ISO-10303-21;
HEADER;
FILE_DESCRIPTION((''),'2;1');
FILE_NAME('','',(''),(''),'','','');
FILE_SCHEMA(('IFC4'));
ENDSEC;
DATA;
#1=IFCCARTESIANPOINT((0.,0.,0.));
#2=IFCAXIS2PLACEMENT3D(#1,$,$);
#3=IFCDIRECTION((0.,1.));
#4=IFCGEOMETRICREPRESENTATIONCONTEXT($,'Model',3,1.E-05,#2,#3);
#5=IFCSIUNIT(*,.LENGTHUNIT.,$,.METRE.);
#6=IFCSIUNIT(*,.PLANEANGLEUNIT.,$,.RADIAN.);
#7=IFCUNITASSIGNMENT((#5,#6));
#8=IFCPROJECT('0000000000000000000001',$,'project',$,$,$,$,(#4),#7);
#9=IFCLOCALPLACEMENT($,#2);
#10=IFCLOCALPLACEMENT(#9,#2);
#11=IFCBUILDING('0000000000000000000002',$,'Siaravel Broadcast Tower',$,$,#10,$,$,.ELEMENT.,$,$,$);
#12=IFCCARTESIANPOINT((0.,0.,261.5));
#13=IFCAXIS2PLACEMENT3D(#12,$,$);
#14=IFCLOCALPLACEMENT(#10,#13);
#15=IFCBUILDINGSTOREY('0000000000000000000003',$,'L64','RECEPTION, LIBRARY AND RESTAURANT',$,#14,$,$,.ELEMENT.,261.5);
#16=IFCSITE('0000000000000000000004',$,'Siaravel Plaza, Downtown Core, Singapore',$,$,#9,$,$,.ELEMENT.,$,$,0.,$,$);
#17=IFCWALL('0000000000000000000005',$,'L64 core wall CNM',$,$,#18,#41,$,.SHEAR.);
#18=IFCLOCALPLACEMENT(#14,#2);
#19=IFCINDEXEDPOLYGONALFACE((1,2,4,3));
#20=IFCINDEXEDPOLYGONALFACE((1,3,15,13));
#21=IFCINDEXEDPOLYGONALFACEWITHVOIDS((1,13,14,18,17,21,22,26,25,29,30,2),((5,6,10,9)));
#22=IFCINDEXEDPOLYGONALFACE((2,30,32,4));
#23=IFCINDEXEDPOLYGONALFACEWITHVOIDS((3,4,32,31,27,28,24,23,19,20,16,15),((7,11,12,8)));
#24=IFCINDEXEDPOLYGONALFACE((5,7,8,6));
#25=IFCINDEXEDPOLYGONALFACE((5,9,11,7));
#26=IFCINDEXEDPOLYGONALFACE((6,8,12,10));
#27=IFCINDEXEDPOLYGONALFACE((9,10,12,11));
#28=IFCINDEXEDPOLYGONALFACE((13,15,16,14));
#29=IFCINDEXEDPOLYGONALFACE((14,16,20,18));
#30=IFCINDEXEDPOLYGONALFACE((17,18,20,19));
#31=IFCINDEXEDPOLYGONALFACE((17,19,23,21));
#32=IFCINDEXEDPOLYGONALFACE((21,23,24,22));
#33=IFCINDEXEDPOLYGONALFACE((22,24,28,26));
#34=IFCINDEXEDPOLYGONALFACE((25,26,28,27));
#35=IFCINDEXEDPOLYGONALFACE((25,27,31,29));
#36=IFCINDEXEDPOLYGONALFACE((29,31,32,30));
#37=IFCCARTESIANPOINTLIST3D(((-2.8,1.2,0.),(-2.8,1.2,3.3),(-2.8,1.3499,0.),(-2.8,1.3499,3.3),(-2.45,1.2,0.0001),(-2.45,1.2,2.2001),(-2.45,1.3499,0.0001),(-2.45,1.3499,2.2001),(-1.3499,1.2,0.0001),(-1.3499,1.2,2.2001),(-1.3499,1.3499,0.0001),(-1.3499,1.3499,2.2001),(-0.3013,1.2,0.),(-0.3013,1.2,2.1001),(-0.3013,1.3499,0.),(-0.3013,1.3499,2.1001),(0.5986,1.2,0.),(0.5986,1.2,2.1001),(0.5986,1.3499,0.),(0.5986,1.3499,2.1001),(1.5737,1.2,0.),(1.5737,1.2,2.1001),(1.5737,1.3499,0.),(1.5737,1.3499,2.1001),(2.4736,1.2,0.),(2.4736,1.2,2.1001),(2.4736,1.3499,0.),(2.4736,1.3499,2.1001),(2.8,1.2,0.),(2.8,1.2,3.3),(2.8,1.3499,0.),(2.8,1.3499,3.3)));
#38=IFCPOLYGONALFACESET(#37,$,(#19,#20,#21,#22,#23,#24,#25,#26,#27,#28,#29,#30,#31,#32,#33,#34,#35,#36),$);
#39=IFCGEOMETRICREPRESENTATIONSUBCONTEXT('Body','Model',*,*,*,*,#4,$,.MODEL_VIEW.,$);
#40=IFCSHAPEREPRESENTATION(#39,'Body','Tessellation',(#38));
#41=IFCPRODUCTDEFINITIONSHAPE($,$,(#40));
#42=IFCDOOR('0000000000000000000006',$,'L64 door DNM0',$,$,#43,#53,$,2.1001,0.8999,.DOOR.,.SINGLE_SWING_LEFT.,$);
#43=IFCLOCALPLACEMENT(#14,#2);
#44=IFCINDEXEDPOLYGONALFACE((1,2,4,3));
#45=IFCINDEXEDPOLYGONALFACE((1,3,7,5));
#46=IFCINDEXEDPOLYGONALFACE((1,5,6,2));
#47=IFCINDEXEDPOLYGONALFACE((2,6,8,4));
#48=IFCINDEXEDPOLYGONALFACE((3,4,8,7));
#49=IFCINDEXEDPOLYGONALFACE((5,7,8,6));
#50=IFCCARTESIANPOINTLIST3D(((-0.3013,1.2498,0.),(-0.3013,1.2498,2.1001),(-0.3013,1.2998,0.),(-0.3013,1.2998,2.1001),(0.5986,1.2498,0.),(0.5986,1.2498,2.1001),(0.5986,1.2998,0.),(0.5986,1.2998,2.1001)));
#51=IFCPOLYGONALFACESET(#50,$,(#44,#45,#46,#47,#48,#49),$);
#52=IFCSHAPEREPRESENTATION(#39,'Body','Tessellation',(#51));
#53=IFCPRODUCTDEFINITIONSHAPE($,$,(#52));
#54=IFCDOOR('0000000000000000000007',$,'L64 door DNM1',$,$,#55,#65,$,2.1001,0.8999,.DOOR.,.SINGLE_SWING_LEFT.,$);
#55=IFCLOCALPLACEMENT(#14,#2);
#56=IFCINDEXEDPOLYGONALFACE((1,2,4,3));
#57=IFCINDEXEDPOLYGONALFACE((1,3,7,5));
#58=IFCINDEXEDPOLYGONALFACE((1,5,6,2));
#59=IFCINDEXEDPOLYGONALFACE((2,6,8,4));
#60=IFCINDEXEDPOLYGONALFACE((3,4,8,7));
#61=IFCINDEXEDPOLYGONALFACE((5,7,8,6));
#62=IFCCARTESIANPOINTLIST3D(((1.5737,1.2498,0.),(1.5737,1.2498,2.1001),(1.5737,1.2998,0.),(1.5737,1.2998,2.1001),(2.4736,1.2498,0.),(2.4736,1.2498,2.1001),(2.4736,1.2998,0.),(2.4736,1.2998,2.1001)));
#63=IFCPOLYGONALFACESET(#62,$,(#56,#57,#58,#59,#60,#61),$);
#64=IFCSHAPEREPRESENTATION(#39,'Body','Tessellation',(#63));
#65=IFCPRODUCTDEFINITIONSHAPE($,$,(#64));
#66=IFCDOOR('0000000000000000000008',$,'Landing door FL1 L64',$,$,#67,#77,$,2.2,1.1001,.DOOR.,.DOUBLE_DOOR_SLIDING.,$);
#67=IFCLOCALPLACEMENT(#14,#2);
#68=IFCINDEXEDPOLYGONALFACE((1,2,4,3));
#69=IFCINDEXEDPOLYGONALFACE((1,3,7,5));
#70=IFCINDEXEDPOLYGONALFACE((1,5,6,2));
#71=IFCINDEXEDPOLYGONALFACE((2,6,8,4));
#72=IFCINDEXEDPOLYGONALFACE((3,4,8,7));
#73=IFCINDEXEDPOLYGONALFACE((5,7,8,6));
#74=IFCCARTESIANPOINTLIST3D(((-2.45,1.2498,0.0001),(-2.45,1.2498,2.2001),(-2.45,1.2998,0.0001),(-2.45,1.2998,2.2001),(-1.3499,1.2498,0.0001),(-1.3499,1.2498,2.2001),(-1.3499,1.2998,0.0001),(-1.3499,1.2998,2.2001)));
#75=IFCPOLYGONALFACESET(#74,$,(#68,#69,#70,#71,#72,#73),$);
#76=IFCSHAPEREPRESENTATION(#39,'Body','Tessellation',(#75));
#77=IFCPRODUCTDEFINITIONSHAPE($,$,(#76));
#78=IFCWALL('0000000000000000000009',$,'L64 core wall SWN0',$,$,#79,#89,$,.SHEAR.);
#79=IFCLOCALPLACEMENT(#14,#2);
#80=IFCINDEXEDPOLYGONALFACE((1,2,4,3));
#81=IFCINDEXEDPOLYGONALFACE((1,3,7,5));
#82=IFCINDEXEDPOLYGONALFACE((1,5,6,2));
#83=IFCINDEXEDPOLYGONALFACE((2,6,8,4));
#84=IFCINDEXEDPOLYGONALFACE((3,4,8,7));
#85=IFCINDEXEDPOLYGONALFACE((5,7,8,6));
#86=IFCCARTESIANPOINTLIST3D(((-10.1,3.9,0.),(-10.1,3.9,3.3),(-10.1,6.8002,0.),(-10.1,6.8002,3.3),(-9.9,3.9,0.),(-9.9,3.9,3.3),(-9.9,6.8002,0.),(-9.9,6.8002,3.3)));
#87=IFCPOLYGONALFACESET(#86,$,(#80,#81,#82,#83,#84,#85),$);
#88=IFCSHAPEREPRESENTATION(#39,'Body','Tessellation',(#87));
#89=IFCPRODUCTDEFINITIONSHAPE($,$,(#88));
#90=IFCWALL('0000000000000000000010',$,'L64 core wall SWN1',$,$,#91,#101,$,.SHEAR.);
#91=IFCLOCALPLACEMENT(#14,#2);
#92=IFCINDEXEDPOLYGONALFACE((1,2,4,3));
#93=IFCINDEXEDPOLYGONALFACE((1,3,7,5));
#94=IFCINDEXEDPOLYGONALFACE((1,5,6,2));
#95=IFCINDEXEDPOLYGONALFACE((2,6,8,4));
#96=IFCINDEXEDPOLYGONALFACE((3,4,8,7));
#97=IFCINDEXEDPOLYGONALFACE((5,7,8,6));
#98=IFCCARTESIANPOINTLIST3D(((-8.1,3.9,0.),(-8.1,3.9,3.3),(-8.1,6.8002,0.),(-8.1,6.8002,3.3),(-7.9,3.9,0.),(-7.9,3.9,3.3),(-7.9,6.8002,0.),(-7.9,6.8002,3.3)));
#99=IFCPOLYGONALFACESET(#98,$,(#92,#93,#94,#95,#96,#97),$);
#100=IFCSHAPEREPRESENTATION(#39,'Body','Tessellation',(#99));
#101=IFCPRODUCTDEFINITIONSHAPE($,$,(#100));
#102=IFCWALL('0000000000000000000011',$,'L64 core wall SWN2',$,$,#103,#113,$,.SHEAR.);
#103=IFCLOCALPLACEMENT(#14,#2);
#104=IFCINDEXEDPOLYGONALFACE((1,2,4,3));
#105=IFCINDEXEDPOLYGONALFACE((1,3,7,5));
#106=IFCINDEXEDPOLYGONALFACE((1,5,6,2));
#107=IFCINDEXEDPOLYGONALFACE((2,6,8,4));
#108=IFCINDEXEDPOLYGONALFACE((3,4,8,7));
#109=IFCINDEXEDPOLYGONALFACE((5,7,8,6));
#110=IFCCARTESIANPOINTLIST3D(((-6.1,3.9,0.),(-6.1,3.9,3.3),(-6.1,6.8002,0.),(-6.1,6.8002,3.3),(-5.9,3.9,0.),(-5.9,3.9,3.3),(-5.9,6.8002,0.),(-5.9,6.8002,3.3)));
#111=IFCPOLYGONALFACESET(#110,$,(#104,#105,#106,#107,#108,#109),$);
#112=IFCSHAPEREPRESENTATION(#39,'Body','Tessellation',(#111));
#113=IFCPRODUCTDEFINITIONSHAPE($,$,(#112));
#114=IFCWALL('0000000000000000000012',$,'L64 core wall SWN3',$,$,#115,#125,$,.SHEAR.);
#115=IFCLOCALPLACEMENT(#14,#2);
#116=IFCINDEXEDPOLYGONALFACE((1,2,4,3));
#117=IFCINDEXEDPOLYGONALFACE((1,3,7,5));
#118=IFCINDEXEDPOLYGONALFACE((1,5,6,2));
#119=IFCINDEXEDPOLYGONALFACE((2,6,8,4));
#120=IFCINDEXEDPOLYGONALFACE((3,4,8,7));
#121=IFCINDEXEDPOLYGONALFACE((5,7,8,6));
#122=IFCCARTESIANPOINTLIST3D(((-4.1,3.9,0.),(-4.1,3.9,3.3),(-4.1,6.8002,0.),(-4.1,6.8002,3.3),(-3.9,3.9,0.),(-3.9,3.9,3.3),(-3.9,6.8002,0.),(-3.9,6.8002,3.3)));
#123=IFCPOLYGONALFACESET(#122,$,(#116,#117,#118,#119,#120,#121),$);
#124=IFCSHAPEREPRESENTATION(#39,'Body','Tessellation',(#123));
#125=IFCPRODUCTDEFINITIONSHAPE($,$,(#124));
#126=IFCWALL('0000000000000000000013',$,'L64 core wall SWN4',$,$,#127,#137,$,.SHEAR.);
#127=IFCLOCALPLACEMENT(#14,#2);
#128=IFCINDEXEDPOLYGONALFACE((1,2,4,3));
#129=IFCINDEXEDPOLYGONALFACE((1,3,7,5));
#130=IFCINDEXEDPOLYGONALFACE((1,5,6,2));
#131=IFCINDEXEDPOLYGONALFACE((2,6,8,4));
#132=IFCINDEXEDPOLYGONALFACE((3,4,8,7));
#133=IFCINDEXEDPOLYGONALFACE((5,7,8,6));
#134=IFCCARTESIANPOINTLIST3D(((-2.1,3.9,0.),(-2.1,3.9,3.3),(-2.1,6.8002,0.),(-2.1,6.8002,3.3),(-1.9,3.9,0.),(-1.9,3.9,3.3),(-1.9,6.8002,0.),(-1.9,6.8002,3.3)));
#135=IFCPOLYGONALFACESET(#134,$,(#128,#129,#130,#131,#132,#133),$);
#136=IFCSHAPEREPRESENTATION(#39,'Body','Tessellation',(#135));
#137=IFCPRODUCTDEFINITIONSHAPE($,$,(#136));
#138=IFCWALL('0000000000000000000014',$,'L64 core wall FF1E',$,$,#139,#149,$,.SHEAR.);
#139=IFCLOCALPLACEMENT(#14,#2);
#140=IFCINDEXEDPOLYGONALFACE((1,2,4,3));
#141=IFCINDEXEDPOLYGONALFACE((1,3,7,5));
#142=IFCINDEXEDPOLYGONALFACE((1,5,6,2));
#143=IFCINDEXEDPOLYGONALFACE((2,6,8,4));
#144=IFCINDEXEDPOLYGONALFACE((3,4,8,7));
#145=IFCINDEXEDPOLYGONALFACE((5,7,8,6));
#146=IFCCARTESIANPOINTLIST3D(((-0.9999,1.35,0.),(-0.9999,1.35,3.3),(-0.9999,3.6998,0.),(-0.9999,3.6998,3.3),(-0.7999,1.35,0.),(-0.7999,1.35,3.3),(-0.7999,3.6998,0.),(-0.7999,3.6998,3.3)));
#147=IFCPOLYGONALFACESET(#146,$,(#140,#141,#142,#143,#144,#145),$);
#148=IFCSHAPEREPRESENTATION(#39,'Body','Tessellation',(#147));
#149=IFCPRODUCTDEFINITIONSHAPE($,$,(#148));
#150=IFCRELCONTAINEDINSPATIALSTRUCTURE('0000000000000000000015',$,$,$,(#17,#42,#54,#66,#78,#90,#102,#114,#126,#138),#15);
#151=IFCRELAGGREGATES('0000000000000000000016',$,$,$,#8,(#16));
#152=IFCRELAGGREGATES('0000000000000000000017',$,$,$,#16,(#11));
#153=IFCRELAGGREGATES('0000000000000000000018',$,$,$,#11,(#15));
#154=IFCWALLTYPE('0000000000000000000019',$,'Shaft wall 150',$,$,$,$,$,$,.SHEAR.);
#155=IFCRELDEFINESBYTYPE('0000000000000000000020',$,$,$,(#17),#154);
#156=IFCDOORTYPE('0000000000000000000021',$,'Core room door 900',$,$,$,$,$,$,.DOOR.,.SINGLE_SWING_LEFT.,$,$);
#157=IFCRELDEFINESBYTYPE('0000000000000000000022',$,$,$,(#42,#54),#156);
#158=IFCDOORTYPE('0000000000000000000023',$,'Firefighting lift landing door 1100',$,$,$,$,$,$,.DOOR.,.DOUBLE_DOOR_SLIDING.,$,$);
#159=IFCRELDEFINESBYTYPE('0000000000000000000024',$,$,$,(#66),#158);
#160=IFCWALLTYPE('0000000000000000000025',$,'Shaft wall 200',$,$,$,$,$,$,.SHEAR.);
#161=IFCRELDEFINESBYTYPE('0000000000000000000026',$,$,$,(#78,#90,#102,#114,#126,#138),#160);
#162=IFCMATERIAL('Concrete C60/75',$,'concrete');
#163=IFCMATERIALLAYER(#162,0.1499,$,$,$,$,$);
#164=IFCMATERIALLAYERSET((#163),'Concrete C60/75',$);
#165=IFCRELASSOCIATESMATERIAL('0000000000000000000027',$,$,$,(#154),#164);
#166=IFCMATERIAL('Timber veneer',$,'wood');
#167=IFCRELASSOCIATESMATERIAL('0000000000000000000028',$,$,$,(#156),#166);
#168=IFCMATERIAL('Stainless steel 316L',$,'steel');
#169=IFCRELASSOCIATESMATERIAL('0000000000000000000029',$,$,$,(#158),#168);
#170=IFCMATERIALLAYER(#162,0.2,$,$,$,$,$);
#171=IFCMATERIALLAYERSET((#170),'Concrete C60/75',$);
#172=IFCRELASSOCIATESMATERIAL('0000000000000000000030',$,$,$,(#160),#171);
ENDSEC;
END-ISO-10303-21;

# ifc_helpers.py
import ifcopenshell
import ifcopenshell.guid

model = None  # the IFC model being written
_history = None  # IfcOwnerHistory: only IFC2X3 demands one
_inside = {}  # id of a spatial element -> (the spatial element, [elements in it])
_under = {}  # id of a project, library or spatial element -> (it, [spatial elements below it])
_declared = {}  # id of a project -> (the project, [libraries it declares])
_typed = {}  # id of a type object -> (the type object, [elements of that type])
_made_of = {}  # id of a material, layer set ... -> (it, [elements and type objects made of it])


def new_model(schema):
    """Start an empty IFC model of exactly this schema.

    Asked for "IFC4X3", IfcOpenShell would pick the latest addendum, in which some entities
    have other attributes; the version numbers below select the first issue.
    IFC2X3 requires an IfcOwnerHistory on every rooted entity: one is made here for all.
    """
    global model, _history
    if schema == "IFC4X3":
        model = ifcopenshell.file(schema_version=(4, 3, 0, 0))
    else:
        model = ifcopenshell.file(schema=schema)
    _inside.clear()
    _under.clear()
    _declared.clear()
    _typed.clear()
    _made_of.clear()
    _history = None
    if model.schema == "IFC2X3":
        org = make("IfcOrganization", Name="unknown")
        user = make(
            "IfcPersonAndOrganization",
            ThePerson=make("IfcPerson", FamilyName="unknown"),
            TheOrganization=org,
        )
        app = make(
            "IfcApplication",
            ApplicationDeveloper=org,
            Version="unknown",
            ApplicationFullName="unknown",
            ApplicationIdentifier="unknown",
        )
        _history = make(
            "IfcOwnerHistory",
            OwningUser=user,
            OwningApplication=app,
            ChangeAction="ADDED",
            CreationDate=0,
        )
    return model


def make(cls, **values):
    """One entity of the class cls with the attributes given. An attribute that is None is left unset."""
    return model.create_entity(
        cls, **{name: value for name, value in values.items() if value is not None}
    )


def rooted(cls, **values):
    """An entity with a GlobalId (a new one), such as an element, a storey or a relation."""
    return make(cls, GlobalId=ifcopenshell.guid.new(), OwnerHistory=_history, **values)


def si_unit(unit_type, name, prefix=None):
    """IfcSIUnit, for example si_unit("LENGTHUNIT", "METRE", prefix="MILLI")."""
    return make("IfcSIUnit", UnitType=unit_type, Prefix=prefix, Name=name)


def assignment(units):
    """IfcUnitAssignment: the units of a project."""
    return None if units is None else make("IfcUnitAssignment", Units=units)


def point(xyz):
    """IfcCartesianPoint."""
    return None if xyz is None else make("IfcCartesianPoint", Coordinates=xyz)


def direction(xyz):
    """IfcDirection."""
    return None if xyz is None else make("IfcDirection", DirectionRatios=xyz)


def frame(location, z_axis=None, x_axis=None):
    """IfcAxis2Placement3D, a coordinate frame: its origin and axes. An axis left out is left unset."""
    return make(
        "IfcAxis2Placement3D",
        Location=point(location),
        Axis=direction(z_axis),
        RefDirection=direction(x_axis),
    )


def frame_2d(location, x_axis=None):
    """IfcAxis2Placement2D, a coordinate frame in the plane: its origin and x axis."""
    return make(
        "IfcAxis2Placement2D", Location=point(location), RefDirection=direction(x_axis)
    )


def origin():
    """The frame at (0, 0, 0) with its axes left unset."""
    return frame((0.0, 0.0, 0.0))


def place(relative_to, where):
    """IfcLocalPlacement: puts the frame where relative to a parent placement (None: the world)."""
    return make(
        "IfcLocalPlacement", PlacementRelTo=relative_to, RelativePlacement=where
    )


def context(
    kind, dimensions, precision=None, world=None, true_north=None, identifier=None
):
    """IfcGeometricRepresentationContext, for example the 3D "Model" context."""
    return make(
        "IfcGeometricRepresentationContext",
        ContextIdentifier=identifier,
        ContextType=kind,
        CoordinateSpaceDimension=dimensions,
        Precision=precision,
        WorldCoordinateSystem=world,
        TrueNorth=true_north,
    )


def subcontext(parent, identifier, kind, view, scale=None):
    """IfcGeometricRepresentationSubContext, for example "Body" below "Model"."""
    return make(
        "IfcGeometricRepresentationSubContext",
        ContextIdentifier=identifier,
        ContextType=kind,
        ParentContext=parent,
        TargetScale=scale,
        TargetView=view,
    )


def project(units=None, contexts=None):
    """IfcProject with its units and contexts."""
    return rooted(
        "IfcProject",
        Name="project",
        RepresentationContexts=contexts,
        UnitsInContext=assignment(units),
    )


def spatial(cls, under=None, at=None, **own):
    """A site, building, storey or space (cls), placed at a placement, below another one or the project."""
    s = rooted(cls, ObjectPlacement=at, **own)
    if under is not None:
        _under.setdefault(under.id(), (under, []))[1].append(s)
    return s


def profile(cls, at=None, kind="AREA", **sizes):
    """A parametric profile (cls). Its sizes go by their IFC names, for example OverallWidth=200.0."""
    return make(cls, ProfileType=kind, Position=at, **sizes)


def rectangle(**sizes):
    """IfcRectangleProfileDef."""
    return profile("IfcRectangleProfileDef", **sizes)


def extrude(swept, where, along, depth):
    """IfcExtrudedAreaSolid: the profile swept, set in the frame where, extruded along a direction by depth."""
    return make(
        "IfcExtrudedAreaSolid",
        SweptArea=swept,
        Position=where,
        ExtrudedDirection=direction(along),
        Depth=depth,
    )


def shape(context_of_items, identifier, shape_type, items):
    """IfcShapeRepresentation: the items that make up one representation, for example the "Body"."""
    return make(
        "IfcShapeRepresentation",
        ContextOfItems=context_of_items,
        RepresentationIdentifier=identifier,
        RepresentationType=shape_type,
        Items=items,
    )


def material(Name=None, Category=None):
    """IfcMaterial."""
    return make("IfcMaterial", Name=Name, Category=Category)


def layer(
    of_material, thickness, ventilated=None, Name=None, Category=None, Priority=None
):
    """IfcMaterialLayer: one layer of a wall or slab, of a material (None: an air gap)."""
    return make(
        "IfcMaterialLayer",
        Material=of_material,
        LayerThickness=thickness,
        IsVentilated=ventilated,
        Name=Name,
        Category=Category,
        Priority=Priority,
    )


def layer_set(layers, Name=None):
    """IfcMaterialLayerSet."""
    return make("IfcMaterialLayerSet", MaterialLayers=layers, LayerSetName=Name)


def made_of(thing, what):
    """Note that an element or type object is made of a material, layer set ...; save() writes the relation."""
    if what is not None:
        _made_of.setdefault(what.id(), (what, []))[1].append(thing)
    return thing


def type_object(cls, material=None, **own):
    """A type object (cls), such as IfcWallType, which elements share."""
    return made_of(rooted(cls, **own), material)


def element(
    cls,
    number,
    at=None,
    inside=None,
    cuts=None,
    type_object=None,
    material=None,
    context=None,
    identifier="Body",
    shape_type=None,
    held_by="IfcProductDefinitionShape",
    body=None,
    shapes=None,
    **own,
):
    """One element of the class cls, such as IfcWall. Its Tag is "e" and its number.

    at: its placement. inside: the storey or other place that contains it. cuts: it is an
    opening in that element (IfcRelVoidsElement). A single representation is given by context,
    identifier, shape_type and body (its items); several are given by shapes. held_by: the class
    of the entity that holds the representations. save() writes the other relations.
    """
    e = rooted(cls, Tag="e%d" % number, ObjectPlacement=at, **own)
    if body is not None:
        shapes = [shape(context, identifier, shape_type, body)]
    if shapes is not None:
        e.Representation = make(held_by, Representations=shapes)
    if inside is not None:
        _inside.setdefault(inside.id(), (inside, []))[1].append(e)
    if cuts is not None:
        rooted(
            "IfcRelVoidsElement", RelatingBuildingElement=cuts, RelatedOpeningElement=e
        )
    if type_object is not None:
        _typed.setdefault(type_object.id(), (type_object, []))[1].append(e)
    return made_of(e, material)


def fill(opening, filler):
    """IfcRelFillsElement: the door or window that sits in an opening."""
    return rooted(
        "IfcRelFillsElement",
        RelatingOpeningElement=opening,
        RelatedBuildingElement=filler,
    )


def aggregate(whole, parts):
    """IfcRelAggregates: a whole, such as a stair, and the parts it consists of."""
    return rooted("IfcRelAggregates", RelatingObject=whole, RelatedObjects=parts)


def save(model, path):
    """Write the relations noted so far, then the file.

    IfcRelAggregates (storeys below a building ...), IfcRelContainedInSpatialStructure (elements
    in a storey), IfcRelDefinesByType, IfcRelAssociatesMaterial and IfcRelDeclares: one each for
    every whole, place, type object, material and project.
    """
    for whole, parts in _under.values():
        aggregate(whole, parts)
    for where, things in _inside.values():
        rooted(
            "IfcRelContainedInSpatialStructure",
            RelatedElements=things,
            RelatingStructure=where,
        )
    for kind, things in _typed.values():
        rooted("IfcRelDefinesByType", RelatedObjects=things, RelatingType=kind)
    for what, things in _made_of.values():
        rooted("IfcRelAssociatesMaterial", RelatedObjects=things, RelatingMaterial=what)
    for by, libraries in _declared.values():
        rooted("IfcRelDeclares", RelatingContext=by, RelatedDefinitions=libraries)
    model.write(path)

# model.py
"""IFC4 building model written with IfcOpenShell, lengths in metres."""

from ifc_helpers import new_model, si_unit, direction, frame, frame_2d, origin, place, context, subcontext, project, spatial, rectangle, extrude, material, layer, layer_set, type_object, element, fill, save


model = new_model("IFC4")

# Units and contexts
model_context = context("Model", 3, precision=1e-05, world=origin(), true_north=direction((0.0, 1.0)))
body_context = subcontext(model_context, "Body", "Model", "MODEL_VIEW")
ifc_project = project(units=[si_unit("LENGTHUNIT", "METRE"), si_unit("PLANEANGLEUNIT", "RADIAN")], contexts=[model_context])

# Site, building, storey
site_placement = place(None, origin())
site = spatial("IfcSite", under=ifc_project, at=site_placement, Name="Siaravel Plaza, Downtown Core, Singapore", CompositionType="ELEMENT", RefElevation=0.0)
building_placement = place(site_placement, origin())
building = spatial("IfcBuilding", under=site, at=building_placement, Name="Siaravel Broadcast Tower", CompositionType="ELEMENT")
storey_placement = place(building_placement, frame((0.0, 0.0, 261.5)))
storey = spatial("IfcBuildingStorey", under=building, at=storey_placement, Name="L64", Description="RECEPTION, LIBRARY AND RESTAURANT", CompositionType="ELEMENT", Elevation=261.5)

# Shared definitions
ifc_material_1 = material(Name="Timber veneer", Category="wood")

# Wall, openings, doors
ifc_material_2 = material(Name="Concrete C60/75", Category="concrete")
ifc_layer_1 = layer(ifc_material_2, 0.1499)
ifc_layer_set_1 = layer_set([ifc_layer_1], Name="Concrete C60/75")
wall_type_1 = type_object("IfcWallType", Name="Shaft wall 150", PredefinedType="SHEAR", material=ifc_layer_set_1)
wall_1_placement = place(storey_placement, frame((-2.8, 1.2749, 0.0), z_axis=(0.0, 0.0, 1.0), x_axis=(1.0, 0.0, 0.0)))
wall_1 = element("IfcWall", 1, at=wall_1_placement, inside=storey, type_object=wall_type_1, Name="L64 core wall CNM", PredefinedType="SHEAR", context=body_context, shape_type="SweptSolid", body=[
    extrude(rectangle(XDim=5.6001, YDim=0.1499, at=frame_2d((2.8, 0.0))), origin(), (0.0, 0.0, 1.0), 3.3),
])
opening_1_placement = place(wall_1_placement, frame((0.3501, 0.0, 0.0)))
opening_1 = element("IfcOpeningElement", 2, at=opening_1_placement, cuts=wall_1, PredefinedType="OPENING", context=body_context, shape_type="SweptSolid", body=[
    extrude(rectangle(XDim=1.1001, YDim=2.2, at=frame_2d((0.55, 1.1001))), frame((0.0, 0.085, 0.0), z_axis=(0.0, -1.0, 0.0), x_axis=(1.0, 0.0, 0.0)), (0.0, 0.0, 1.0), 0.1699),
])
opening_2_placement = place(wall_1_placement, frame((2.4988, 0.0, 0.0)))
opening_2 = element("IfcOpeningElement", 3, at=opening_2_placement, cuts=wall_1, PredefinedType="OPENING", context=body_context, shape_type="SweptSolid", body=[
    extrude(rectangle(XDim=0.8999, YDim=2.1001, at=frame_2d((0.45, 1.05))), frame((0.0, 0.085, 0.0), z_axis=(0.0, -1.0, 0.0), x_axis=(1.0, 0.0, 0.0)), (0.0, 0.0, 1.0), 0.1699),
])
opening_3_placement = place(wall_1_placement, frame((4.3738, 0.0, 0.0)))
opening_3 = element("IfcOpeningElement", 4, at=opening_3_placement, cuts=wall_1, PredefinedType="OPENING", context=body_context, shape_type="SweptSolid", body=[
    extrude(rectangle(XDim=0.8999, YDim=2.1001, at=frame_2d((0.45, 1.05))), frame((0.0, 0.085, 0.0), z_axis=(0.0, -1.0, 0.0), x_axis=(1.0, 0.0, 0.0)), (0.0, 0.0, 1.0), 0.1699),
])
door_type_1 = type_object("IfcDoorType", Name="Core room door 900", OperationType="SINGLE_SWING_LEFT", PredefinedType="DOOR", material=ifc_material_1)
door_1_placement = place(opening_2_placement, origin())
door_1 = element("IfcDoor", 5, at=door_1_placement, inside=storey, type_object=door_type_1, Name="L64 door DNM0", OperationType="SINGLE_SWING_LEFT", OverallHeight=2.1001, OverallWidth=0.8999, PredefinedType="DOOR", context=body_context, shape_type="SweptSolid", body=[
    extrude(rectangle(XDim=0.8999, YDim=2.1001, at=frame_2d((0.45, 1.05))), frame((0.0, 0.0249, 0.0), z_axis=(0.0, -1.0, 0.0), x_axis=(1.0, 0.0, 0.0)), (0.0, 0.0, 1.0), 0.05),
])
fill(opening_2, door_1)
door_2_placement = place(opening_3_placement, origin())
door_2 = element("IfcDoor", 6, at=door_2_placement, inside=storey, type_object=door_type_1, Name="L64 door DNM1", OperationType="SINGLE_SWING_LEFT", OverallHeight=2.1001, OverallWidth=0.8999, PredefinedType="DOOR", context=body_context, shape_type="SweptSolid", body=[
    extrude(rectangle(XDim=0.8999, YDim=2.1001, at=frame_2d((0.45, 1.05))), frame((0.0, 0.0249, 0.0), z_axis=(0.0, -1.0, 0.0), x_axis=(1.0, 0.0, 0.0)), (0.0, 0.0, 1.0), 0.05),
])
fill(opening_3, door_2)
ifc_material_3 = material(Name="Stainless steel 316L", Category="steel")
door_type_2 = type_object("IfcDoorType", Name="Firefighting lift landing door 1100", OperationType="DOUBLE_DOOR_SLIDING", PredefinedType="DOOR", material=ifc_material_3)
door_3_placement = place(opening_1_placement, origin())
door_3 = element("IfcDoor", 7, at=door_3_placement, inside=storey, type_object=door_type_2, Name="Landing door FL1 L64", OperationType="DOUBLE_DOOR_SLIDING", OverallHeight=2.2, OverallWidth=1.1001, PredefinedType="DOOR", context=body_context, shape_type="SweptSolid", body=[
    extrude(rectangle(XDim=1.1001, YDim=2.2, at=frame_2d((0.55, 1.1001))), frame((0.0, 0.0249, 0.0), z_axis=(0.0, -1.0, 0.0), x_axis=(1.0, 0.0, 0.0)), (0.0, 0.0, 1.0), 0.05),
])
fill(opening_1, door_3)

# Walls
ifc_layer_2 = layer(ifc_material_2, 0.2)
ifc_layer_set_2 = layer_set([ifc_layer_2], Name="Concrete C60/75")
wall_type_2 = type_object("IfcWallType", Name="Shaft wall 200", PredefinedType="SHEAR", material=ifc_layer_set_2)
for number, where, z_axis, x_axis, name in (
    (8, (-10.0, 3.8999, 0.0), (0.0, 0.0, 1.0), (0.0, 1.0, 0.0), "L64 core wall SWN0"),
    (9, (-8.0, 3.8999, 0.0), (0.0, 0.0, 1.0), (0.0, 1.0, 0.0), "L64 core wall SWN1"),
    (10, (-6.0, 3.8999, 0.0), (0.0, 0.0, 1.0), (0.0, 1.0, 0.0), "L64 core wall SWN2"),
    (11, (-4.0, 3.8999, 0.0), (0.0, 0.0, 1.0), (0.0, 1.0, 0.0), "L64 core wall SWN3"),
    (12, (-2.0, 3.8999, 0.0), (0.0, 0.0, 1.0), (0.0, 1.0, 0.0), "L64 core wall SWN4"),
):
    element("IfcWall", number, at=place(storey_placement, frame(where, z_axis=z_axis, x_axis=x_axis)), inside=storey, type_object=wall_type_2, Name=name, PredefinedType="SHEAR", context=body_context, shape_type="SweptSolid", body=[
        extrude(rectangle(XDim=2.9001, YDim=0.2, at=frame_2d((1.4502, 0.0))), origin(), (0.0, 0.0, 1.0), 3.3),
    ])
wall_2_placement = place(storey_placement, frame((-0.8999, 1.3501, 0.0), z_axis=(0.0, 0.0, 1.0), x_axis=(0.0, 1.0, 0.0)))
element("IfcWall", 13, at=wall_2_placement, inside=storey, type_object=wall_type_2, Name="L64 core wall FF1E", PredefinedType="SHEAR", context=body_context, shape_type="SweptSolid", body=[
    extrude(rectangle(XDim=2.3499, YDim=0.2, at=frame_2d((1.1748, 0.0))), origin(), (0.0, 0.0, 1.0), 3.3),
])

save(model, "model.ifc")
